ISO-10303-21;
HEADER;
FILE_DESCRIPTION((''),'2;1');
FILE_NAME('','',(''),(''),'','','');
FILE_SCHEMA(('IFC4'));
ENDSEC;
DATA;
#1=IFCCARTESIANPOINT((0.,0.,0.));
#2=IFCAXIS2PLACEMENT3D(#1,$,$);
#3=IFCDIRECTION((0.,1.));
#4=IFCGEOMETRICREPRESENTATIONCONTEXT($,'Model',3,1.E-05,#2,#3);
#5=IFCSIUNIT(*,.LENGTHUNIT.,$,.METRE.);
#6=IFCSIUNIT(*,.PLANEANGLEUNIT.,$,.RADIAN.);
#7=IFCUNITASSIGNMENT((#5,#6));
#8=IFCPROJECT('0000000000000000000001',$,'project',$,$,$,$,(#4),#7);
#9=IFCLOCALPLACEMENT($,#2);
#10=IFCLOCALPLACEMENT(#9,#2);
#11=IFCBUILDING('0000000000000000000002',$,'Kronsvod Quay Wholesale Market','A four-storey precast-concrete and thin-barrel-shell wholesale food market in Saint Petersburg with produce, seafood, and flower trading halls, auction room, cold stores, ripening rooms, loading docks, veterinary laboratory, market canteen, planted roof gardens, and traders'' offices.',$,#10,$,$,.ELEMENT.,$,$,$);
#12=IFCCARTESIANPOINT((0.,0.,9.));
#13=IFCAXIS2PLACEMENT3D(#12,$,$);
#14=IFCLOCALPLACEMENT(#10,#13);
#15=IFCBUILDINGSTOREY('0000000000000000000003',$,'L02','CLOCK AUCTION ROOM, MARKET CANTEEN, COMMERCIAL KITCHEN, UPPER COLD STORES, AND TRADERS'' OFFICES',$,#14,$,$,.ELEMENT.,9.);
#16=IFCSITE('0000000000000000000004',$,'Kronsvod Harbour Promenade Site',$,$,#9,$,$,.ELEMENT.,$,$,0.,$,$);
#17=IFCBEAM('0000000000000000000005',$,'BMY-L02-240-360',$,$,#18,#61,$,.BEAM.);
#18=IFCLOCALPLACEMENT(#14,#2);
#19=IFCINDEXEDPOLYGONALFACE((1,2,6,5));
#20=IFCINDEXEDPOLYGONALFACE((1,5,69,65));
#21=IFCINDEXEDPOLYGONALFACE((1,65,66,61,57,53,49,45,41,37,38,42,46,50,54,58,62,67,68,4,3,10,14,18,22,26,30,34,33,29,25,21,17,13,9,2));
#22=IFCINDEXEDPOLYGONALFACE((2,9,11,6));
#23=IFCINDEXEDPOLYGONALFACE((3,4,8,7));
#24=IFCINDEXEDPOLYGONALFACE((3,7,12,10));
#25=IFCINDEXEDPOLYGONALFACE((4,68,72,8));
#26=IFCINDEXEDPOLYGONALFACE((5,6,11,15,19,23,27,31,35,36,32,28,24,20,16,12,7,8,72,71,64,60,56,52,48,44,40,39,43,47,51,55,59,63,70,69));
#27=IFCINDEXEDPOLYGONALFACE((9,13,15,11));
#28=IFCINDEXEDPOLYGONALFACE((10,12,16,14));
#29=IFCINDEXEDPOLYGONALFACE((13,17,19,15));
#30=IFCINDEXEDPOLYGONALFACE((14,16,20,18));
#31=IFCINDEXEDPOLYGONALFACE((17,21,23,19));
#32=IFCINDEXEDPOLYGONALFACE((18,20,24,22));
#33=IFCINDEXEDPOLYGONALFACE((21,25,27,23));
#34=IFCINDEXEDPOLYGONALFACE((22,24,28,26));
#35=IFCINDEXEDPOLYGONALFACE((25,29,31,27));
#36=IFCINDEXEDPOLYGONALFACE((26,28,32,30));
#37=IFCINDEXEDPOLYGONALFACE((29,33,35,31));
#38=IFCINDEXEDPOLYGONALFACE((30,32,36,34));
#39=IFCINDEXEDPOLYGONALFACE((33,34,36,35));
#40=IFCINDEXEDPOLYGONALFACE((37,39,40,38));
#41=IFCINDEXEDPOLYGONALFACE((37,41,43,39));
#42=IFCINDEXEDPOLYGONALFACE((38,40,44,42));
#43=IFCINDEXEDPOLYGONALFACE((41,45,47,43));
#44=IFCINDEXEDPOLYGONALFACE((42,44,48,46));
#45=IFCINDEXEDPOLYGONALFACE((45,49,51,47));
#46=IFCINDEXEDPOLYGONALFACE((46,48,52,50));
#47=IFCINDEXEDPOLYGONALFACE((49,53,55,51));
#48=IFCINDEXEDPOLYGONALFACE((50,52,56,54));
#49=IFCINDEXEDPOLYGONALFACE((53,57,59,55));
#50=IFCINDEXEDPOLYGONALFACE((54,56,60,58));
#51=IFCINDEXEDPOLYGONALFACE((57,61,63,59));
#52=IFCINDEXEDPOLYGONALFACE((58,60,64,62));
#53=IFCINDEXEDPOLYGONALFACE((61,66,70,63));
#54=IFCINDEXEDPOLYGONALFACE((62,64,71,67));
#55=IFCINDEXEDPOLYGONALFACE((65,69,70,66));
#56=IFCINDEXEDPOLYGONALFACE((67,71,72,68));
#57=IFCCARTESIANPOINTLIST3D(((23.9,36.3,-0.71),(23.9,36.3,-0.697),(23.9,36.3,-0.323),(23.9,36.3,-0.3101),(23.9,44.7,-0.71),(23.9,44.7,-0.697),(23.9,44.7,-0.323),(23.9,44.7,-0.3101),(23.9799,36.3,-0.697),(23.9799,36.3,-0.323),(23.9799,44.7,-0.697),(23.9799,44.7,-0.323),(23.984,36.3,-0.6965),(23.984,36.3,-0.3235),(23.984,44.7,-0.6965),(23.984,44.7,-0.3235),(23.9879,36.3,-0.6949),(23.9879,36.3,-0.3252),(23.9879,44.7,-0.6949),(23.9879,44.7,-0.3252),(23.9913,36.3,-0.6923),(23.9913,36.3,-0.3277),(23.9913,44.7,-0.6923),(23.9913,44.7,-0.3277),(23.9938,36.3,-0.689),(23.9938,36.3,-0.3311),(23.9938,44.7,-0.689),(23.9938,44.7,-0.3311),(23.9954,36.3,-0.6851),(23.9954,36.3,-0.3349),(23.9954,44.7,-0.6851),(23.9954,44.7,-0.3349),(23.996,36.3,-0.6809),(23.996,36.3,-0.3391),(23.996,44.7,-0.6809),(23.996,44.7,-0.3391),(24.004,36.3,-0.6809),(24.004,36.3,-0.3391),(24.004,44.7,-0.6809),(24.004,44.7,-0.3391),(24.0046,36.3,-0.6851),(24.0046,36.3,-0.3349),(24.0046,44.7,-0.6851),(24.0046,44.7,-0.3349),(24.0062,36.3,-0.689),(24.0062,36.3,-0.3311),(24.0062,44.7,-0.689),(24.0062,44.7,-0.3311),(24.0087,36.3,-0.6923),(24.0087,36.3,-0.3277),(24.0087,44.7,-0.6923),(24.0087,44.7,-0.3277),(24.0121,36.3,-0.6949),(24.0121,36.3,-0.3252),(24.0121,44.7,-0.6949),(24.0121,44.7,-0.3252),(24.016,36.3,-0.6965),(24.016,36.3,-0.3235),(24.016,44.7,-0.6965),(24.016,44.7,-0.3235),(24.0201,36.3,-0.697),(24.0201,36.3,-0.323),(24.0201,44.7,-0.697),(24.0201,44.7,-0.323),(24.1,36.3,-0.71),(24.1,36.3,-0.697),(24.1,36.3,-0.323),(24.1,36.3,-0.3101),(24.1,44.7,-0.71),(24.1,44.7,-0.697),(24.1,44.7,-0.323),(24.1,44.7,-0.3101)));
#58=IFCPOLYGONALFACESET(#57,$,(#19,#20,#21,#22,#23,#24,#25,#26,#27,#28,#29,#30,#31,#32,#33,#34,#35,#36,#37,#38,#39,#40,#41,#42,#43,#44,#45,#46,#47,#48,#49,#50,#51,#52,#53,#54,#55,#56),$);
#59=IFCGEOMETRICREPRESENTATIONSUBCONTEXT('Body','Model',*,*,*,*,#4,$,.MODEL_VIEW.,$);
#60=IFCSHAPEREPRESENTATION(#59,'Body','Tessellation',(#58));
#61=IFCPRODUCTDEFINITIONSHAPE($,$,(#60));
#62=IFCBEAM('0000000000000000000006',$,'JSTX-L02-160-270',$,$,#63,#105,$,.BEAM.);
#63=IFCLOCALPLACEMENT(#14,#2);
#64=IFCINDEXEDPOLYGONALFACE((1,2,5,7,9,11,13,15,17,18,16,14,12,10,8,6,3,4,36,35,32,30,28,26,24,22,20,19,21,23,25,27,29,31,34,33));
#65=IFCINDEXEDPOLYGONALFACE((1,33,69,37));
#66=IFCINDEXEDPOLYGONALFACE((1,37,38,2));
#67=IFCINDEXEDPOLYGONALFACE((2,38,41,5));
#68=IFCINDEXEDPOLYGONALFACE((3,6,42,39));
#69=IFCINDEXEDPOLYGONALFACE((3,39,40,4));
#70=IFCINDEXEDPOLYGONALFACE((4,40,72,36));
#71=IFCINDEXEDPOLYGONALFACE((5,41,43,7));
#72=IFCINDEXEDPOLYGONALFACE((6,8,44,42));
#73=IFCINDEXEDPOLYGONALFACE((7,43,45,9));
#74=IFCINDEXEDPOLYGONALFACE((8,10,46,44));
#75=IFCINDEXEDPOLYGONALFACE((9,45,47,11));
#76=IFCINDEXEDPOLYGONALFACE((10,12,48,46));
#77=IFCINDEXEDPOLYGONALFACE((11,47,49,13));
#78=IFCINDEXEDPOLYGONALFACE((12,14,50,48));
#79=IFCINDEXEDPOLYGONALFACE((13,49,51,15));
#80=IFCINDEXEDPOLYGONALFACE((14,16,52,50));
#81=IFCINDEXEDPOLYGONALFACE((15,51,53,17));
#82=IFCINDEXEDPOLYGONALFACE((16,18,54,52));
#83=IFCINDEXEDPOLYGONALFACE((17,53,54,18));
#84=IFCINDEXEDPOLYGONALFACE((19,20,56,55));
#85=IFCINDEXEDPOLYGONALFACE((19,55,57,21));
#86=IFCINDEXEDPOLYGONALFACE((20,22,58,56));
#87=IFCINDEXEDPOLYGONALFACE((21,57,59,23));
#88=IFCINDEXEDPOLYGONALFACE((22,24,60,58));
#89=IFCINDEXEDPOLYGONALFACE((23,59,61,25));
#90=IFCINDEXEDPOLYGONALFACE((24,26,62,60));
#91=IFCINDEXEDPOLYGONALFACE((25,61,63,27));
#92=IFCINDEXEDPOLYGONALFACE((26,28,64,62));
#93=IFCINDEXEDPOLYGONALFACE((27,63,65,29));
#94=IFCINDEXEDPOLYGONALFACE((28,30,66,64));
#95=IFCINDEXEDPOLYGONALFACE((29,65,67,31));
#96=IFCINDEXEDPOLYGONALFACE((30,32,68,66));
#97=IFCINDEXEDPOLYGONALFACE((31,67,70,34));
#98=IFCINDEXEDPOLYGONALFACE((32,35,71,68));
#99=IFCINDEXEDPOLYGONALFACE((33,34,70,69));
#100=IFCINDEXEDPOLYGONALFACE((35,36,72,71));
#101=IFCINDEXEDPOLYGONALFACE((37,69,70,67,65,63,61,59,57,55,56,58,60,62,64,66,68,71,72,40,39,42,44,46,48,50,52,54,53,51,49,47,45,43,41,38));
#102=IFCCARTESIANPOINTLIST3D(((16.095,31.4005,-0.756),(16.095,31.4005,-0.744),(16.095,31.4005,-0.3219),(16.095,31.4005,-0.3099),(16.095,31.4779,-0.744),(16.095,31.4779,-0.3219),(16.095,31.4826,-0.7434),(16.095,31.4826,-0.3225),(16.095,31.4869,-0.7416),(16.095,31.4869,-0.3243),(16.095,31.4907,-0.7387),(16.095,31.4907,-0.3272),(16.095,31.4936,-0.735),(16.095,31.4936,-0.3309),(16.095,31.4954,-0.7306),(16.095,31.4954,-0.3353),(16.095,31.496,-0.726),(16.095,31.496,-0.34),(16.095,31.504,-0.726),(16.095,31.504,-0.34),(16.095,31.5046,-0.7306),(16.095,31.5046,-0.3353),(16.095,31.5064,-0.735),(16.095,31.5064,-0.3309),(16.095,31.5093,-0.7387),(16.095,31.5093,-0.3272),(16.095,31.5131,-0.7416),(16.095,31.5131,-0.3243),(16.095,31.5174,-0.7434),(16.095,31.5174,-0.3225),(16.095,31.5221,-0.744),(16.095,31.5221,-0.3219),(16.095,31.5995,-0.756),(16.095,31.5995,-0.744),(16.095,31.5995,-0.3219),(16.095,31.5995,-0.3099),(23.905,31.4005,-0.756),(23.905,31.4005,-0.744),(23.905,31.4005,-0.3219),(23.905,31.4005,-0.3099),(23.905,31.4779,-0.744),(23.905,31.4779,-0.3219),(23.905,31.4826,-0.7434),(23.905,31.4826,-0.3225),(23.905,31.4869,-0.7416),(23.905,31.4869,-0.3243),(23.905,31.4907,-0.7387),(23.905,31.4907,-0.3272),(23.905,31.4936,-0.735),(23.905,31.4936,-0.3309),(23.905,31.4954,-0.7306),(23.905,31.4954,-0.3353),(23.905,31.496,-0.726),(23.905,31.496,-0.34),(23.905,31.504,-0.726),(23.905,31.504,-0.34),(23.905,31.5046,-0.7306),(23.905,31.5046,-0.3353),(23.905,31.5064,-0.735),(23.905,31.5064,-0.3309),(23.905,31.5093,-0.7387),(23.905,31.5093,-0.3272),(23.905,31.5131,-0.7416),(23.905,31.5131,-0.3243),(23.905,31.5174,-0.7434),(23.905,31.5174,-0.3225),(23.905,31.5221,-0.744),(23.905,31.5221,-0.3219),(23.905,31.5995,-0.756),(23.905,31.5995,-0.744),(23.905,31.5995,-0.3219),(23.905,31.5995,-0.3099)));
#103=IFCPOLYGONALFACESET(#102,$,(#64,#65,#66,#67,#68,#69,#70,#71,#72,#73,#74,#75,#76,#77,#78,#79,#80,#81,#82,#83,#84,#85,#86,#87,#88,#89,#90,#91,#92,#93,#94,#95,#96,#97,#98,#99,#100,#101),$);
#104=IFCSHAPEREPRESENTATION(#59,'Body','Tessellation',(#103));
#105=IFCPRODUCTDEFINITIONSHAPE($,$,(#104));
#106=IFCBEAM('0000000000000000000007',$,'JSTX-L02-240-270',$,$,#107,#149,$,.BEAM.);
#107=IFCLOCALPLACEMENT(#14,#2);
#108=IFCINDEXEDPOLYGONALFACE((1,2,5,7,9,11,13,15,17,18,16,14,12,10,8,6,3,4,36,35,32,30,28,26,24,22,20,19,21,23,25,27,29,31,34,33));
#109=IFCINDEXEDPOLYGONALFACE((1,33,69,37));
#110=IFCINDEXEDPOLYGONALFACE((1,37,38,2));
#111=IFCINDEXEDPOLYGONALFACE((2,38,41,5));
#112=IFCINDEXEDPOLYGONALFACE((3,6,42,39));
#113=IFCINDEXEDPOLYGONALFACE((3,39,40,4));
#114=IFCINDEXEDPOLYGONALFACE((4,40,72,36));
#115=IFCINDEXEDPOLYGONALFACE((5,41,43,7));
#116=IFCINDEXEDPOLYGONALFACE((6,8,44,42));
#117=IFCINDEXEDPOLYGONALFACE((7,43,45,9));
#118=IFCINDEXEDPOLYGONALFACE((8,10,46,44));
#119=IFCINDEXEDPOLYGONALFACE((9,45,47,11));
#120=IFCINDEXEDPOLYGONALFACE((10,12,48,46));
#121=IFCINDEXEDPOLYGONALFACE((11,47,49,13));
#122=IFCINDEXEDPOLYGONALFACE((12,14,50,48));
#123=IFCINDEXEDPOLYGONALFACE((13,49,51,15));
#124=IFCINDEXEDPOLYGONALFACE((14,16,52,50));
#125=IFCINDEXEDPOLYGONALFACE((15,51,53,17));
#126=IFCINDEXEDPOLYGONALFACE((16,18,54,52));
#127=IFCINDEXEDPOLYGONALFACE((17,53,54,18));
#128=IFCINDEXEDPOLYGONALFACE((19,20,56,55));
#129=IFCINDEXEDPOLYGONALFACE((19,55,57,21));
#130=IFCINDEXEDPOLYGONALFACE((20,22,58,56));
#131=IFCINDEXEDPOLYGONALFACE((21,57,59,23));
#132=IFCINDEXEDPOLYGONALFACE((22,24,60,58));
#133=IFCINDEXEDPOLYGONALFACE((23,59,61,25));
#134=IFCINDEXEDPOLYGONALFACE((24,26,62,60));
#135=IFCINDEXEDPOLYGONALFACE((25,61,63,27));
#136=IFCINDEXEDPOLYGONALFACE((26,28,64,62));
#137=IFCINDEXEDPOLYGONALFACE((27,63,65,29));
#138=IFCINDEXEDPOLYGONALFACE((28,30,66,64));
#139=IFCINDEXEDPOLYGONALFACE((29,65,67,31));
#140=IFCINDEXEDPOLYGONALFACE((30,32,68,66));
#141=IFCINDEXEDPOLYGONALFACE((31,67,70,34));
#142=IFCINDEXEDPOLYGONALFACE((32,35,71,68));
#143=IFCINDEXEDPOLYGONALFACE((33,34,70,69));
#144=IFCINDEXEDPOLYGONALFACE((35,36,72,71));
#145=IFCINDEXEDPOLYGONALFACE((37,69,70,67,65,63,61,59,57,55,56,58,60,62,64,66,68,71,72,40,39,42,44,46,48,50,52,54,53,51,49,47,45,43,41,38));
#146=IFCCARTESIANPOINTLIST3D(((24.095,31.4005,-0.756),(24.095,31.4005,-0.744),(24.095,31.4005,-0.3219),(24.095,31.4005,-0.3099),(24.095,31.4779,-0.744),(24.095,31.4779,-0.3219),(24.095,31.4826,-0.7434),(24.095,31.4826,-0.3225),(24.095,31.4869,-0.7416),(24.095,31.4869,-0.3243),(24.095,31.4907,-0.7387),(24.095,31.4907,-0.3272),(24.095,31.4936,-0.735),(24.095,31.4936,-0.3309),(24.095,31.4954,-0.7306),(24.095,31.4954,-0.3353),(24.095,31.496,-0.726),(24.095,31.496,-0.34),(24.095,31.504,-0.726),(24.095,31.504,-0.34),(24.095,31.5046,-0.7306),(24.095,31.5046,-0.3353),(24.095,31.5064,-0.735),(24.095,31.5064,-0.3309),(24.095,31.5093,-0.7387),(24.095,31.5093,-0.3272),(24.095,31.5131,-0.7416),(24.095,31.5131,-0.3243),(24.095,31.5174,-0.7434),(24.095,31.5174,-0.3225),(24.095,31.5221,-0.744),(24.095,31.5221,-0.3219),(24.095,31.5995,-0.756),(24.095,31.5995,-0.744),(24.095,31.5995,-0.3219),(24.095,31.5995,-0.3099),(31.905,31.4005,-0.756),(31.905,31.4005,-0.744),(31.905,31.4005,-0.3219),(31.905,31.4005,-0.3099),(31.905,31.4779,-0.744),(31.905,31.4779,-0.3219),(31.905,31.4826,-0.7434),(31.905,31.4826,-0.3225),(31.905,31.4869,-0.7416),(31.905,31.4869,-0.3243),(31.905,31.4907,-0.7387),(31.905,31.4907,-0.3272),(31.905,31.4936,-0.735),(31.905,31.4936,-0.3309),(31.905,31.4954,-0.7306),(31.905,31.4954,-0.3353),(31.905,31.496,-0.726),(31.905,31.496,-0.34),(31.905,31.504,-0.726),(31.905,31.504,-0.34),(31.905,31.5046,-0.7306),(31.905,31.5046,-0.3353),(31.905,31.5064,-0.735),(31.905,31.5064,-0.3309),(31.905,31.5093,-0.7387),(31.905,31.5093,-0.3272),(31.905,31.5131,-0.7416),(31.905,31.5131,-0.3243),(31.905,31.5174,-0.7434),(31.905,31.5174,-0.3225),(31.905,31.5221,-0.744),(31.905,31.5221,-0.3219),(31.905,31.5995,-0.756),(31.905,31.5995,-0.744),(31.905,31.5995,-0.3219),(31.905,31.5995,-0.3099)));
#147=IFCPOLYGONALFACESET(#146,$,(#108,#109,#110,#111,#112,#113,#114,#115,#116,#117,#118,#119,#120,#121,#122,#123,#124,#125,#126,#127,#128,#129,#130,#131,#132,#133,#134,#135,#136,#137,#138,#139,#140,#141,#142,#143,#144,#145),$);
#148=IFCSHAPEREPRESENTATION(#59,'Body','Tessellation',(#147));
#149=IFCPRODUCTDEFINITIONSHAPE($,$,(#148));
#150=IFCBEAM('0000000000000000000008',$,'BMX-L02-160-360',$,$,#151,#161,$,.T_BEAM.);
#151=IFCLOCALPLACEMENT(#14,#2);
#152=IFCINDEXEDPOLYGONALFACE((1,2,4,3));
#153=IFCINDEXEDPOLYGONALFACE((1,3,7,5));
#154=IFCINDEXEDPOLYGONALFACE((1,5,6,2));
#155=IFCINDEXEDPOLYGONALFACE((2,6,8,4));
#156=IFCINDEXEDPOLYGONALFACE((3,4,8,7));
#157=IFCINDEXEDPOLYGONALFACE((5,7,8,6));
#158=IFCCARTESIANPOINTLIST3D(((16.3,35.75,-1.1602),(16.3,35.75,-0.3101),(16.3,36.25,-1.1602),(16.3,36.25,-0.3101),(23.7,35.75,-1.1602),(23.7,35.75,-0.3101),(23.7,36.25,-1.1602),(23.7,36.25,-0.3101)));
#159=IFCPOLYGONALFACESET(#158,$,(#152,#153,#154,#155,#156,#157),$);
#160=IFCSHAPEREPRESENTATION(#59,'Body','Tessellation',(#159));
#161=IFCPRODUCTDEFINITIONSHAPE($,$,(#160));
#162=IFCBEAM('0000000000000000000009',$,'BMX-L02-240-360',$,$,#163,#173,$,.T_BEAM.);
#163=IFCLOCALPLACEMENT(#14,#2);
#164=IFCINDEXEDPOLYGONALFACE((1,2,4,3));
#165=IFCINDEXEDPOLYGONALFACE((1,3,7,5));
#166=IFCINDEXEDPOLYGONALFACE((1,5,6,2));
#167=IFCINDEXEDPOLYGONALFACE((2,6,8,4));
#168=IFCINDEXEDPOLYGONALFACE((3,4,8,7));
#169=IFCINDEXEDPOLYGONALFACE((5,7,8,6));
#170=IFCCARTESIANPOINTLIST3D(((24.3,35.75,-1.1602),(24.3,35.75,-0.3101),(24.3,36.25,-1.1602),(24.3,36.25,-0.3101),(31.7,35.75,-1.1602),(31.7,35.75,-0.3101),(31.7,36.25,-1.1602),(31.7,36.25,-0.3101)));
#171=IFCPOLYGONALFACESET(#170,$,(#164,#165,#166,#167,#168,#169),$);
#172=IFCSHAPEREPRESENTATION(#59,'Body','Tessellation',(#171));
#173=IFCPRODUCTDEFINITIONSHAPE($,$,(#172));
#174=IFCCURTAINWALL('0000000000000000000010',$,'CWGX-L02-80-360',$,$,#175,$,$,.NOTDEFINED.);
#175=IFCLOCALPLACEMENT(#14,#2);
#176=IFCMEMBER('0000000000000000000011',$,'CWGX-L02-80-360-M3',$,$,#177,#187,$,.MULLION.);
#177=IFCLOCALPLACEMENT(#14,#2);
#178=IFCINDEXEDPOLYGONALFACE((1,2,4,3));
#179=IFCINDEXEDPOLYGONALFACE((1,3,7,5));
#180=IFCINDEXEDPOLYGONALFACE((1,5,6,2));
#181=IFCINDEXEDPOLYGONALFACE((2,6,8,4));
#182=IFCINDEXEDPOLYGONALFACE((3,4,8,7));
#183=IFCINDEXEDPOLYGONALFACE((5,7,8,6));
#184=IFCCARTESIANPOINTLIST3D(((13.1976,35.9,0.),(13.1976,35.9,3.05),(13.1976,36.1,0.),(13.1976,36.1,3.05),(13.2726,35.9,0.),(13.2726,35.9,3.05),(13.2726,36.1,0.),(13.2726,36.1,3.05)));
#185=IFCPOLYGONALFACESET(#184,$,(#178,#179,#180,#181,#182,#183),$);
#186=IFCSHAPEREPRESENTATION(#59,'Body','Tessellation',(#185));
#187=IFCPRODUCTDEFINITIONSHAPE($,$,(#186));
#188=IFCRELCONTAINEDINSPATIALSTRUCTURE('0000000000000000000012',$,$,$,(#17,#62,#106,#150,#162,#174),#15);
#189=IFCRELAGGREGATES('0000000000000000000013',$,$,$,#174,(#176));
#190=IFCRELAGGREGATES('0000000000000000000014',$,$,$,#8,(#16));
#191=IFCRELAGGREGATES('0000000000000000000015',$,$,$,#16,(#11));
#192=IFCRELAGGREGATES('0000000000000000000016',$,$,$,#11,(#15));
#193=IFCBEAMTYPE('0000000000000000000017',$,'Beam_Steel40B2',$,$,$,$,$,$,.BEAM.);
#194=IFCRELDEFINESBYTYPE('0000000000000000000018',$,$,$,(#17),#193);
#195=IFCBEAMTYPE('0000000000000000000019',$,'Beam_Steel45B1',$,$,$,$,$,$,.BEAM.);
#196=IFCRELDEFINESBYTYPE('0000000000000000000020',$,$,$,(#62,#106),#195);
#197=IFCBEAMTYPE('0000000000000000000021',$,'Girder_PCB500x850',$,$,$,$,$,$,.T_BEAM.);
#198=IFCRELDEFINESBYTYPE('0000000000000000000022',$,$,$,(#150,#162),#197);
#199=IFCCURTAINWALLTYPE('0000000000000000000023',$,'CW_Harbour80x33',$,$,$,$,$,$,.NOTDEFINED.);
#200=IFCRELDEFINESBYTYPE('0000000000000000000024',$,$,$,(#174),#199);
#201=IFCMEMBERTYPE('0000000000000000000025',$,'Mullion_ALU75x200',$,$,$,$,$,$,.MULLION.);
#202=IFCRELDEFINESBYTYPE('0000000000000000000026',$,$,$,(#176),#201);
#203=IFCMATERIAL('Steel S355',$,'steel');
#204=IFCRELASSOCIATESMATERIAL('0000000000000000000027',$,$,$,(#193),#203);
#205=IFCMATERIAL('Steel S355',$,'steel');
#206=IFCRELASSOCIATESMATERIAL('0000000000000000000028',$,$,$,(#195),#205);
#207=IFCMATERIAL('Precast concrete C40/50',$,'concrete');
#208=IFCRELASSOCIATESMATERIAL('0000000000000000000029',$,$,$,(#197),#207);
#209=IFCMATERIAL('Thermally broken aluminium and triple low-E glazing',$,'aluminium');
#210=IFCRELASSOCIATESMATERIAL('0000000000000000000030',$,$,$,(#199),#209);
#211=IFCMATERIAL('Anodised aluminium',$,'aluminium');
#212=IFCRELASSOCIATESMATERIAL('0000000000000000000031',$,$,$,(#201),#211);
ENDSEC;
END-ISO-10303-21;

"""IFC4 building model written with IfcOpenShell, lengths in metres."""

from ifc_helpers import new_model, si_unit, direction, frame, origin, origin_2d, place, context, subcontext, project, spatial, rectangle, i_section, extrude, material, material_profile, profile_set, type_object, element, aggregate, save


model = new_model("IFC4")

# Units and contexts
model_context = context("Model", 3, precision=1e-05, world=origin(), true_north=direction((0.0, 1.0)))
body_context = subcontext(model_context, "Body", "Model", "MODEL_VIEW")
ifc_project = project(units=[si_unit("LENGTHUNIT", "METRE"), si_unit("PLANEANGLEUNIT", "RADIAN")], contexts=[model_context])

# Site, building, storey
site_placement = place(None, origin())
site = spatial("IfcSite", under=ifc_project, at=site_placement, Name="Kronsvod Harbour Promenade Site", CompositionType="ELEMENT", RefElevation=0.0)
building_placement = place(site_placement, origin())
building = spatial("IfcBuilding", under=site, at=building_placement, Name="Kronsvod Quay Wholesale Market", Description="A four-storey precast-concrete and thin-barrel-shell wholesale food market in Saint Petersburg with produce, seafood, and flower trading halls, auction room, cold stores, ripening rooms, loading docks, veterinary laboratory, market canteen, planted roof gardens, and traders' offices.", CompositionType="ELEMENT")
storey_placement = place(building_placement, frame((0.0, 0.0, 9.0)))
storey = spatial("IfcBuildingStorey", under=building, at=storey_placement, Name="L02", Description="CLOCK AUCTION ROOM, MARKET CANTEEN, COMMERCIAL KITCHEN, UPPER COLD STORES, AND TRADERS' OFFICES", CompositionType="ELEMENT", Elevation=9.0)

# Beams
ifc_material_1 = material(Name="Steel S355", Category="steel")
ifc_material_profile_1 = material_profile(ifc_material_1, i_section(OverallWidth=0.2, OverallDepth=0.3999, WebThickness=0.0081, FlangeThickness=0.0129, FilletRadius=0.0161, at=origin_2d()), Name="40B2")
ifc_profile_set_1 = profile_set([ifc_material_profile_1], Name="Steel S355")
beam_type_1 = type_object("IfcBeamType", Name="Beam_Steel40B2", PredefinedType="BEAM", material=ifc_profile_set_1)
for number, where, z_axis, x_axis, name in (
    (1, (24.0, 36.3, -0.51), (0.0, 1.0, 0.0), (-1.0, 0.0, 0.0), "BMY-L02-240-360"),
):
    element("IfcBeam", number, at=place(storey_placement, frame(where, z_axis=z_axis, x_axis=x_axis)), inside=storey, type_object=beam_type_1, Name=name, PredefinedType="BEAM", context=body_context, shape_type="SweptSolid", body=[
        extrude(i_section(OverallWidth=0.2, OverallDepth=0.3999, WebThickness=0.0081, FlangeThickness=0.0129, FilletRadius=0.0161, at=origin_2d()), origin(), (0.0, 0.0, 1.0), 8.3999),
    ])
ifc_material_2 = material(Name="Steel S355", Category="steel")
ifc_material_profile_2 = material_profile(ifc_material_2, i_section(OverallWidth=0.199, OverallDepth=0.446, WebThickness=0.0081, FlangeThickness=0.012, FilletRadius=0.0181, at=origin_2d()), Name="45B1")
ifc_profile_set_2 = profile_set([ifc_material_profile_2], Name="Steel S355")
beam_type_2 = type_object("IfcBeamType", Name="Beam_Steel45B1", PredefinedType="BEAM", material=ifc_profile_set_2)
for number, where, z_axis, x_axis, name in (
    (2, (16.095, 31.5, -0.533), (1.0, 0.0, 0.0), (0.0, 1.0, 0.0), "JSTX-L02-160-270"),
    (3, (24.095, 31.5, -0.533), (1.0, 0.0, 0.0), (0.0, 1.0, 0.0), "JSTX-L02-240-270"),
):
    element("IfcBeam", number, at=place(storey_placement, frame(where, z_axis=z_axis, x_axis=x_axis)), inside=storey, type_object=beam_type_2, Name=name, PredefinedType="BEAM", context=body_context, shape_type="SweptSolid", body=[
        extrude(i_section(OverallWidth=0.199, OverallDepth=0.446, WebThickness=0.0081, FlangeThickness=0.012, FilletRadius=0.0181, at=origin_2d()), origin(), (0.0, 0.0, 1.0), 7.8101),
    ])
ifc_material_3 = material(Name="Precast concrete C40/50", Category="concrete")
ifc_material_profile_3 = material_profile(ifc_material_3, rectangle(XDim=0.5, YDim=0.8501, at=origin_2d()), Name="PCB500x850")
ifc_profile_set_3 = profile_set([ifc_material_profile_3], Name="Precast concrete C40/50")
beam_type_3 = type_object("IfcBeamType", Name="Girder_PCB500x850", PredefinedType="T_BEAM", material=ifc_profile_set_3)
for number, where, z_axis, x_axis, name in (
    (4, (16.3, 36.0, -0.7351), (1.0, 0.0, 0.0), (0.0, 1.0, 0.0), "BMX-L02-160-360"),
    (5, (24.3, 36.0, -0.7351), (1.0, 0.0, 0.0), (0.0, 1.0, 0.0), "BMX-L02-240-360"),
):
    element("IfcBeam", number, at=place(storey_placement, frame(where, z_axis=z_axis, x_axis=x_axis)), inside=storey, type_object=beam_type_3, Name=name, PredefinedType="T_BEAM", context=body_context, shape_type="SweptSolid", body=[
        extrude(rectangle(XDim=0.5, YDim=0.8501, at=origin_2d()), origin(), (0.0, 0.0, 1.0), 7.3999),
    ])

# Curtain wall, member
ifc_material_4 = material(Name="Thermally broken aluminium and triple low-E glazing", Category="aluminium")
curtain_wall_type = type_object("IfcCurtainWallType", Name="CW_Harbour80x33", PredefinedType="NOTDEFINED", material=ifc_material_4)
curtain_wall_1_placement = place(storey_placement, origin())
curtain_wall_1 = element("IfcCurtainWall", 6, at=curtain_wall_1_placement, inside=storey, type_object=curtain_wall_type, Name="CWGX-L02-80-360", PredefinedType="NOTDEFINED")
ifc_material_5 = material(Name="Anodised aluminium", Category="aluminium")
ifc_material_profile_4 = material_profile(ifc_material_5, rectangle(XDim=0.075, YDim=0.2, at=origin_2d()), Name="ALUM75x200")
ifc_profile_set_4 = profile_set([ifc_material_profile_4], Name="Anodised aluminium")
member_type_1 = type_object("IfcMemberType", Name="Mullion_ALU75x200", PredefinedType="MULLION", material=ifc_profile_set_4)
member_1_placement = place(storey_placement, frame((13.2351, 36.0, 0.0), z_axis=(0.0, 0.0, 1.0), x_axis=(1.0, 0.0, 0.0)))
member_1 = element("IfcMember", 7, at=member_1_placement, type_object=member_type_1, Name="CWGX-L02-80-360-M3", PredefinedType="MULLION", context=body_context, shape_type="SweptSolid", body=[
    extrude(rectangle(XDim=0.075, YDim=0.2, at=origin_2d()), origin(), (0.0, 0.0, 1.0), 3.05),
])

aggregate(curtain_wall_1, [member_1])

save(model, "model.ifc")
